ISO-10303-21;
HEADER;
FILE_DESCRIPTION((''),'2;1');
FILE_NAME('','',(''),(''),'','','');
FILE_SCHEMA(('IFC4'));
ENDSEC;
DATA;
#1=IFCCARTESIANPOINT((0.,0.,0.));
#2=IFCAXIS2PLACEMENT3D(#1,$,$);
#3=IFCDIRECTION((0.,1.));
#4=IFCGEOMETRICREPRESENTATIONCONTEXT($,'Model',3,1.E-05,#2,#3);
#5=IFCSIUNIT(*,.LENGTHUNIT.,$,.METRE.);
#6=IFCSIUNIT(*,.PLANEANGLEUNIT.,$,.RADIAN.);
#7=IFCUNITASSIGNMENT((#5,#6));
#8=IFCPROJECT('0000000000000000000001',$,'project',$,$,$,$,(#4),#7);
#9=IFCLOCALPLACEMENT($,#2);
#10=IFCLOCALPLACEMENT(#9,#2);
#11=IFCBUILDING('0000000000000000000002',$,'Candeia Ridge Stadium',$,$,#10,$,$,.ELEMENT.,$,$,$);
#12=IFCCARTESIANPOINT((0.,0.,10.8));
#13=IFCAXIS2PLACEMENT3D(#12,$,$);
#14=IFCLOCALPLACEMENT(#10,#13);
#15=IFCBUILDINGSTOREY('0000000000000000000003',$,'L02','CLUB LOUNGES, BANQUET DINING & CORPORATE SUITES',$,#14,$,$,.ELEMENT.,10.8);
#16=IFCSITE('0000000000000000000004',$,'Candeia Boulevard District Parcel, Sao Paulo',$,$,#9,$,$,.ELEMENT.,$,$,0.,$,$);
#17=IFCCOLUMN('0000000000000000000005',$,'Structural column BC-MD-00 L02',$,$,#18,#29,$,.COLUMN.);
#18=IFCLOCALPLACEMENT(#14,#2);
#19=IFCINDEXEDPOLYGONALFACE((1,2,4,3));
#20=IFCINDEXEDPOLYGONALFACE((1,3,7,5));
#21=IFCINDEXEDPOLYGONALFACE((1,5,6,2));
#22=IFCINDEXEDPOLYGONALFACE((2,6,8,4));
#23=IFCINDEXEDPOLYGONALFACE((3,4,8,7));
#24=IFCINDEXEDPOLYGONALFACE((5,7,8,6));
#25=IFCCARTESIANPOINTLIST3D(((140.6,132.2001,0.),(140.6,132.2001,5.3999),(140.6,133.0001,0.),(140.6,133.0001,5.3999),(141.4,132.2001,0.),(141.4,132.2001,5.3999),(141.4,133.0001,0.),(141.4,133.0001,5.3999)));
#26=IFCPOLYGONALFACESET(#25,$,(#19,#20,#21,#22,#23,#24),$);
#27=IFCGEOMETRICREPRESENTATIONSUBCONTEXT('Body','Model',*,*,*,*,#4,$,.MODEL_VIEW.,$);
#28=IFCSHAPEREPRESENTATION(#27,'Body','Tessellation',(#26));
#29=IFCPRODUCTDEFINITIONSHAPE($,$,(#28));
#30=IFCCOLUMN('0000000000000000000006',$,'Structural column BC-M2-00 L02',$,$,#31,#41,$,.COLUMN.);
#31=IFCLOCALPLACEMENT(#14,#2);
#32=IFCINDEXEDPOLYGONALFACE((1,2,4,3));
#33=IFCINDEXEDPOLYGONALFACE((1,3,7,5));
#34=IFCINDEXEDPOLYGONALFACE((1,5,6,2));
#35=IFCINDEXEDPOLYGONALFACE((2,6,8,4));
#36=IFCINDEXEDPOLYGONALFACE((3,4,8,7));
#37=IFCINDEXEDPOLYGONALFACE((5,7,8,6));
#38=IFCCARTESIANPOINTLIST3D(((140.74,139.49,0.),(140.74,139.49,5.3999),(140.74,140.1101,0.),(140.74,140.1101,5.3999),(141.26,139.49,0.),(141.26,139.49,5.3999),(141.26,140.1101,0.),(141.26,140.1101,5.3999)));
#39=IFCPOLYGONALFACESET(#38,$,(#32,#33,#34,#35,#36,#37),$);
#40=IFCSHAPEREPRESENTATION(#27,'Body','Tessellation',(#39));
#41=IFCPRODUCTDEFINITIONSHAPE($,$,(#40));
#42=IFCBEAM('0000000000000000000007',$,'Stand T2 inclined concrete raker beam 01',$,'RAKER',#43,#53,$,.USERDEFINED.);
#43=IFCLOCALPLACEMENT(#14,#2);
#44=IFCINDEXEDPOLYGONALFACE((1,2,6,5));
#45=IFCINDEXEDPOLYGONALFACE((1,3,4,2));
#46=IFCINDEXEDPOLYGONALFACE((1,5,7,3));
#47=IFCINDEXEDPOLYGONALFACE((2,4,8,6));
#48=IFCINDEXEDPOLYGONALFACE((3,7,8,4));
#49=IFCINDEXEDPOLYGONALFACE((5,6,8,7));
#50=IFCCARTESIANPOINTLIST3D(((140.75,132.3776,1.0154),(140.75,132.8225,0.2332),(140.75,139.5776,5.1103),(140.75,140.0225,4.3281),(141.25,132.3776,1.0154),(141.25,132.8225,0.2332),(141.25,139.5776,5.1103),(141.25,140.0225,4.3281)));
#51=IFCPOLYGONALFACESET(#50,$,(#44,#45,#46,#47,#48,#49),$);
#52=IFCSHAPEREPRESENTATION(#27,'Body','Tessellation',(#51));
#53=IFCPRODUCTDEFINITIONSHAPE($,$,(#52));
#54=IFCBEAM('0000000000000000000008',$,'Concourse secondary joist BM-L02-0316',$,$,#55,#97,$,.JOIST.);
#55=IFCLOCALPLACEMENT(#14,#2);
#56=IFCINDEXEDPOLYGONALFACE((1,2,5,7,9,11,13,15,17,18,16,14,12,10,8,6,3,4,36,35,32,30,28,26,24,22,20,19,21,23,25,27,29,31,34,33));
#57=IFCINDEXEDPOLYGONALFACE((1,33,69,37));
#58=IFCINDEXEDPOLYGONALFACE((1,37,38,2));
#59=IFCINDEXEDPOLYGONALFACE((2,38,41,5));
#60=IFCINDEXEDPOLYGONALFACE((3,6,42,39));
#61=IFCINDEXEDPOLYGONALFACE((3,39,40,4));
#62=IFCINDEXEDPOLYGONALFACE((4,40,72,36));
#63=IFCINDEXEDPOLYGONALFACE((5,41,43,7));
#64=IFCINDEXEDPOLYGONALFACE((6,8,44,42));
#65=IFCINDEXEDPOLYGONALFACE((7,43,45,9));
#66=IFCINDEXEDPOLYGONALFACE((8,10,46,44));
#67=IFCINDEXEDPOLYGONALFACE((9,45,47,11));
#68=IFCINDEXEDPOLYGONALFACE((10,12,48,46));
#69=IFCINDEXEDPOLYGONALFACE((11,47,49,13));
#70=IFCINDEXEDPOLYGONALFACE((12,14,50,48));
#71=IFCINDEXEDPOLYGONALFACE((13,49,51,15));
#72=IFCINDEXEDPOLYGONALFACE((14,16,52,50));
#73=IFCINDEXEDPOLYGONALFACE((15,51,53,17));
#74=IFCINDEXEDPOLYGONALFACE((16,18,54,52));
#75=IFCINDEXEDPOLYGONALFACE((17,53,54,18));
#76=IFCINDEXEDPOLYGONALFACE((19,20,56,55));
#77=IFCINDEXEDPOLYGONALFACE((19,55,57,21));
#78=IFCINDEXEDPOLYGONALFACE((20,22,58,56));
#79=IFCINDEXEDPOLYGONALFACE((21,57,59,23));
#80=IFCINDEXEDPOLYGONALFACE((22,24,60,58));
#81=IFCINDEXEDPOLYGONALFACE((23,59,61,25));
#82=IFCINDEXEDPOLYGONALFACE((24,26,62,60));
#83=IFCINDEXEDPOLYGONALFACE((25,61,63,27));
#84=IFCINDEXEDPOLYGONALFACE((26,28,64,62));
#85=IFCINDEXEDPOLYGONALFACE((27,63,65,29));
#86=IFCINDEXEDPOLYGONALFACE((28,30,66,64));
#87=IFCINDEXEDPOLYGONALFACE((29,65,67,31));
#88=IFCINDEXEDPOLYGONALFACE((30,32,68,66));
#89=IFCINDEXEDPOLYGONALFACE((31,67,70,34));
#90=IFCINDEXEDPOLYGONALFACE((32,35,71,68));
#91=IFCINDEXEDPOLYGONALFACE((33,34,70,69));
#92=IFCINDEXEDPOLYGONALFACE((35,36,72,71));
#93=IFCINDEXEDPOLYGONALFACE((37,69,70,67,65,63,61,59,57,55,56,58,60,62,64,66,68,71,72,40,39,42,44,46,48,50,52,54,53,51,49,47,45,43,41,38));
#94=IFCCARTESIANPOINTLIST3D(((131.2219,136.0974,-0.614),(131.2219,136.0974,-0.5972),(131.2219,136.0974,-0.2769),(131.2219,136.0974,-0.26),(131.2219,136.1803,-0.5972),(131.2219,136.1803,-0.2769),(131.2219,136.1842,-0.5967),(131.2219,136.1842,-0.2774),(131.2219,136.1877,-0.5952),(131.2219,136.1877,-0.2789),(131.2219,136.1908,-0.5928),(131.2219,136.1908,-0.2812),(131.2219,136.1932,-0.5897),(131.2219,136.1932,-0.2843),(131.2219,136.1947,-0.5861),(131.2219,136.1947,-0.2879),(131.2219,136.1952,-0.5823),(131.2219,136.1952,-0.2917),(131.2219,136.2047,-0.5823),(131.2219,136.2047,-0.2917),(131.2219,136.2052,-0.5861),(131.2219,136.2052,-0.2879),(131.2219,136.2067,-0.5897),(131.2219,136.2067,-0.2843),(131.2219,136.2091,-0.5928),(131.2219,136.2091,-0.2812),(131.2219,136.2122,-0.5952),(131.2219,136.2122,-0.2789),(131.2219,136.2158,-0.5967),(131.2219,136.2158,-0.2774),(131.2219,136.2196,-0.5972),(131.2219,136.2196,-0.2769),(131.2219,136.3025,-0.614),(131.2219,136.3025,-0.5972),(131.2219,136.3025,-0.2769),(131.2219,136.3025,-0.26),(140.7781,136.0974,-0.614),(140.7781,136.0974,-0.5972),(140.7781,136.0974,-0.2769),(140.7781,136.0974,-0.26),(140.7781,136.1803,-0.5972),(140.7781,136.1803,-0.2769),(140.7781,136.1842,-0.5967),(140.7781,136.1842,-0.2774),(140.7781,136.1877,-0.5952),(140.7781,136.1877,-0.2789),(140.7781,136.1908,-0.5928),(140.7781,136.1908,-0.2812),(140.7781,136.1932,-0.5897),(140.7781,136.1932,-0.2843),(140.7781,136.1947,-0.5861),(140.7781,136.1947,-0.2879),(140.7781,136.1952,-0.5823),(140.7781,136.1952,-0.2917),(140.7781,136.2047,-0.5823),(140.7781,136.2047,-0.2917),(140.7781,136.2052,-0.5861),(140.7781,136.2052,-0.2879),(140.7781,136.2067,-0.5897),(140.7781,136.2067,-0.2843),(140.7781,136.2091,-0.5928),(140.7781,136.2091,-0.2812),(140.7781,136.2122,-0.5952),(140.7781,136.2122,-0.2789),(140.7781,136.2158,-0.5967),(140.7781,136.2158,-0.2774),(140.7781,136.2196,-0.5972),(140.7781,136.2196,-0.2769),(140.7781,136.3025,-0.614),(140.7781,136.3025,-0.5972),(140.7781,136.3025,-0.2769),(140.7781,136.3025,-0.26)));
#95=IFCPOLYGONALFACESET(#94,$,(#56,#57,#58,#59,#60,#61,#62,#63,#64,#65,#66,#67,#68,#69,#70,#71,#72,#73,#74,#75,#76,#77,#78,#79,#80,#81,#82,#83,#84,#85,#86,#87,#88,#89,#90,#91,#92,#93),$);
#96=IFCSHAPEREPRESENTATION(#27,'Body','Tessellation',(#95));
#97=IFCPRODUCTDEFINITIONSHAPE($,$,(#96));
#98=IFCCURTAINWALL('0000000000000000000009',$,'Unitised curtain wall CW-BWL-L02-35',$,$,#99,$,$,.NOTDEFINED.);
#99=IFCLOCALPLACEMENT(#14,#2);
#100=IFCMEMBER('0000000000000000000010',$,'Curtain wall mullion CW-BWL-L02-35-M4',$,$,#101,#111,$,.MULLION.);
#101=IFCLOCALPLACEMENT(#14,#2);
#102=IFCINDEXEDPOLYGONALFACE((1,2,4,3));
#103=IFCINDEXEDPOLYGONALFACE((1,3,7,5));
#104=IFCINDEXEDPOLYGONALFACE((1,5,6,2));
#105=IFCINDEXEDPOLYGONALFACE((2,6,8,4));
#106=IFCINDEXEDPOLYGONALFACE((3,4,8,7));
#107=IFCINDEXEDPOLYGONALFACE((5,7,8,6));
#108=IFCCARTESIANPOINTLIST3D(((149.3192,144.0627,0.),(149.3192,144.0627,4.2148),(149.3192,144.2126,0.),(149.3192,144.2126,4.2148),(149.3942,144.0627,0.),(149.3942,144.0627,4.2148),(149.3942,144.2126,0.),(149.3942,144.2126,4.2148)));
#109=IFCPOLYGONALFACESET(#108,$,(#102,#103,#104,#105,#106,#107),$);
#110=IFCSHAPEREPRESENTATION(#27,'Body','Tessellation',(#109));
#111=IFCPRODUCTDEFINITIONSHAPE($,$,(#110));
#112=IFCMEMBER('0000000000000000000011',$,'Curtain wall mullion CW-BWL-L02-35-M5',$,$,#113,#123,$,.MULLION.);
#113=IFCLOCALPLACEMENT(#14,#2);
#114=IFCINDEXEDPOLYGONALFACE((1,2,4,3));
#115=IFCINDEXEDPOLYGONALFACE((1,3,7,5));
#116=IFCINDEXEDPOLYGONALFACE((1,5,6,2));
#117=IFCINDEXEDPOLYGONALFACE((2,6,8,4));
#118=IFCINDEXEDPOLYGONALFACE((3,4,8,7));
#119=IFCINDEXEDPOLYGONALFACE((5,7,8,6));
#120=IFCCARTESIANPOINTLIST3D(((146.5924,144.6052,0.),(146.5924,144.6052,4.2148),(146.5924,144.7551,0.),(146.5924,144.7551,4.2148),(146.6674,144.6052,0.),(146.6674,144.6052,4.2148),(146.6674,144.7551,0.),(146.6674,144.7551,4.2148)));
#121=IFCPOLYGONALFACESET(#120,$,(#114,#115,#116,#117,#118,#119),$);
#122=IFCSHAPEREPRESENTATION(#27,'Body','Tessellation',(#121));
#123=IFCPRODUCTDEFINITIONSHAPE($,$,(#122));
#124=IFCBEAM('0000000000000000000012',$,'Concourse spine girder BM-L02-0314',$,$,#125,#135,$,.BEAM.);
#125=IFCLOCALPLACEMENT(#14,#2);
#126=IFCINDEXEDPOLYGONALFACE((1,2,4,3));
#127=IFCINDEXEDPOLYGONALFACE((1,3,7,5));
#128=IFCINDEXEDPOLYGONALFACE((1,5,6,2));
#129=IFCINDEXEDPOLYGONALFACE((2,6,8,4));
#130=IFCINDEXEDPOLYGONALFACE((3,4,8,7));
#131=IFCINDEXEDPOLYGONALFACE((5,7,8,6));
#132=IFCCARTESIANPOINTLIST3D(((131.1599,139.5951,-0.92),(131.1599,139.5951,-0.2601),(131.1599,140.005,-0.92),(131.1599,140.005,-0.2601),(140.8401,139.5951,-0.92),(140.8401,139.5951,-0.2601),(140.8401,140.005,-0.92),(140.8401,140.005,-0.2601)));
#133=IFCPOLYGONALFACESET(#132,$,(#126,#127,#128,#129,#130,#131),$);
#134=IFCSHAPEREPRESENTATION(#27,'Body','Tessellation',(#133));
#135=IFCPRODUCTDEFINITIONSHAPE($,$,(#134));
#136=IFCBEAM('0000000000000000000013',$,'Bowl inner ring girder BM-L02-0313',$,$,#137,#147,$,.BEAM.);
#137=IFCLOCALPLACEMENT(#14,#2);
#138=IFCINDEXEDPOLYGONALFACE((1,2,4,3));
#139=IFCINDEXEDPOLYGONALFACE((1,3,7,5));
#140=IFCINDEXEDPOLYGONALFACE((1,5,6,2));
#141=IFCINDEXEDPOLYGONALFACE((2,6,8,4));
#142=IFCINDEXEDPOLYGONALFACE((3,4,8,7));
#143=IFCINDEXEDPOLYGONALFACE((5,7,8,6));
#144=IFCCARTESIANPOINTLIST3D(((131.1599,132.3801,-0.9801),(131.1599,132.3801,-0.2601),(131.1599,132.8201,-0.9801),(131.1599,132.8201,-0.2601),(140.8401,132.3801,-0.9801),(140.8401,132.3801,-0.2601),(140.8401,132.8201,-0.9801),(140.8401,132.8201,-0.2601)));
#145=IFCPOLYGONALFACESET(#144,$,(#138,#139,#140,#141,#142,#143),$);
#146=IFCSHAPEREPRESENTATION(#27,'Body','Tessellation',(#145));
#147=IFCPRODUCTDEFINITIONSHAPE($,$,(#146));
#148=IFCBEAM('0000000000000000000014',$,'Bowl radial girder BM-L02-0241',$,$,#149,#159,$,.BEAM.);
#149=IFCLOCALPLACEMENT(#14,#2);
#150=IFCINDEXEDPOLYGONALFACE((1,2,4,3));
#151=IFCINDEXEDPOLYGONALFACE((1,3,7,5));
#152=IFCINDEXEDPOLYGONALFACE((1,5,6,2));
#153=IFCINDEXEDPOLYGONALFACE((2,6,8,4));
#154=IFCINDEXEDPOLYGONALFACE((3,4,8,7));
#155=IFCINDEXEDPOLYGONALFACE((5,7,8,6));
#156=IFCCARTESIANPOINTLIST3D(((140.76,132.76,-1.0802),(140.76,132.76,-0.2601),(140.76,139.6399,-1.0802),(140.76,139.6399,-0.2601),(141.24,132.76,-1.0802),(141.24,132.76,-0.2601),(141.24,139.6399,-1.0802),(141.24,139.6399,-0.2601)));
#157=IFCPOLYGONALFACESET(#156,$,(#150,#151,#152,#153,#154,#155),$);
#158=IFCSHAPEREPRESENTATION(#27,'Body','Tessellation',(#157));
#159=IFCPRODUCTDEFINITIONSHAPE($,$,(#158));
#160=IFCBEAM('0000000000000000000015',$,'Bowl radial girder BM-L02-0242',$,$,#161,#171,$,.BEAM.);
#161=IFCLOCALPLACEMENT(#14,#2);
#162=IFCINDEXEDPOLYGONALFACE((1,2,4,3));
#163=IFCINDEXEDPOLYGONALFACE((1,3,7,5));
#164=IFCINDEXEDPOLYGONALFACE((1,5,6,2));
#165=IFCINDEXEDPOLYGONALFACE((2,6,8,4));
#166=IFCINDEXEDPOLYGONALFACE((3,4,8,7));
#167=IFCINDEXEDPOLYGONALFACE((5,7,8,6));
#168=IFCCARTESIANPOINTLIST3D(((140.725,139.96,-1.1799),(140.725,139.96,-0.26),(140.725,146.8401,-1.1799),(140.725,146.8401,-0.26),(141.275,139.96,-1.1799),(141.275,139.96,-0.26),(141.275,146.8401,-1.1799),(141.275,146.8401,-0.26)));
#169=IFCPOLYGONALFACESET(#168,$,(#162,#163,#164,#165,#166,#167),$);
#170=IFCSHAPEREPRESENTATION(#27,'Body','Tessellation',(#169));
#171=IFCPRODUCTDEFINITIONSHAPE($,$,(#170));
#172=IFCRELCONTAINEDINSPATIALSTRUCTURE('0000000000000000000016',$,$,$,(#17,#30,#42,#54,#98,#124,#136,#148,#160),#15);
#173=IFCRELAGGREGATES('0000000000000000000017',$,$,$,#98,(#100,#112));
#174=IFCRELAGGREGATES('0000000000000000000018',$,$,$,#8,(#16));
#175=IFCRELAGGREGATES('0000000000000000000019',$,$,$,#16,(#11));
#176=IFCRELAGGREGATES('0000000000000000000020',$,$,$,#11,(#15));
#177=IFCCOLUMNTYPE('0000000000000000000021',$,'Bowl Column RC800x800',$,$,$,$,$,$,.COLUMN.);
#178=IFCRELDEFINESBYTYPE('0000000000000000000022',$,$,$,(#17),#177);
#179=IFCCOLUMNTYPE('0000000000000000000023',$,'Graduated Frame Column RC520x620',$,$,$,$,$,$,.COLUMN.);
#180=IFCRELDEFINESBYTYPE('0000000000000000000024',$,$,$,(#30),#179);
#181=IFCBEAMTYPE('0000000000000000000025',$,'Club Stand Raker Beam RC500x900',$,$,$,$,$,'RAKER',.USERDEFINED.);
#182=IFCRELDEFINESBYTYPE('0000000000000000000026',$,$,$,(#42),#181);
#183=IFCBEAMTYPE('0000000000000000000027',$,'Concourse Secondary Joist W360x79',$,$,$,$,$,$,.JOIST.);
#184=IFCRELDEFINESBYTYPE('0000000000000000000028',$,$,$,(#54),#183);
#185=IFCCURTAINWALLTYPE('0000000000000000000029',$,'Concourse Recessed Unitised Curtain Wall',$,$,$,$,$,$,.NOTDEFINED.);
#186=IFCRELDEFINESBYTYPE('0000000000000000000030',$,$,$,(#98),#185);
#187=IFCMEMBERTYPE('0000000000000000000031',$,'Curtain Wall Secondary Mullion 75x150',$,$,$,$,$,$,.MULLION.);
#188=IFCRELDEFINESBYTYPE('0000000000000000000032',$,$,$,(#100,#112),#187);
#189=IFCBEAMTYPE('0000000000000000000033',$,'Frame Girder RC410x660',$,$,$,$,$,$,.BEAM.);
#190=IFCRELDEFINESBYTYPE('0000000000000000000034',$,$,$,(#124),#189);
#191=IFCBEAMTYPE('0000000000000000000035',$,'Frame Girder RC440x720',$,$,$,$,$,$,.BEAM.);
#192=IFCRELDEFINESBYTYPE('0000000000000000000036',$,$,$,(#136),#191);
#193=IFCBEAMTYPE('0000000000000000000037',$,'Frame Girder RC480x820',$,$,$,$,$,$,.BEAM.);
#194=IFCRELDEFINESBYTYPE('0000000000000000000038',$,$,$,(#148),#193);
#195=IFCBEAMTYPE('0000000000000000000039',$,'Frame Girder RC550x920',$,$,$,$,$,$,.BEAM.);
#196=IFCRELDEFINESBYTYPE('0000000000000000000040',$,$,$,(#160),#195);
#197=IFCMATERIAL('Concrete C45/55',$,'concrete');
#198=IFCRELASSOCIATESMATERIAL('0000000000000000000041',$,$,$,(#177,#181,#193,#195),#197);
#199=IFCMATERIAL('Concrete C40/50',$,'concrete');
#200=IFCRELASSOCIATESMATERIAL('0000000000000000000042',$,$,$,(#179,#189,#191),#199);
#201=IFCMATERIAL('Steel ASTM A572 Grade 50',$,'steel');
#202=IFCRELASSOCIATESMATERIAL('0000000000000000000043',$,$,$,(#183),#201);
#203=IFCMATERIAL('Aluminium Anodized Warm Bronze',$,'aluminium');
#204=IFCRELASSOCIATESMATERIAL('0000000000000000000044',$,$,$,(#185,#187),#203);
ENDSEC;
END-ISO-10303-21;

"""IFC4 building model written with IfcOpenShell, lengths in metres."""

from ifc_helpers import new_model, si_unit, direction, frame, origin, origin_2d, place, context, subcontext, project, spatial, rectangle, i_section, extrude, material, material_profile, profile_set, type_object, element, aggregate, save


model = new_model("IFC4")

# Units and contexts
model_context = context("Model", 3, precision=1e-05, world=origin(), true_north=direction((0.0, 1.0)))
body_context = subcontext(model_context, "Body", "Model", "MODEL_VIEW")
ifc_project = project(units=[si_unit("LENGTHUNIT", "METRE"), si_unit("PLANEANGLEUNIT", "RADIAN")], contexts=[model_context])

# Site, building, storey
site_placement = place(None, origin())
site = spatial("IfcSite", under=ifc_project, at=site_placement, Name="Candeia Boulevard District Parcel, Sao Paulo", CompositionType="ELEMENT", RefElevation=0.0)
building_placement = place(site_placement, origin())
building = spatial("IfcBuilding", under=site, at=building_placement, Name="Candeia Ridge Stadium", CompositionType="ELEMENT")
storey_placement = place(building_placement, frame((0.0, 0.0, 10.8)))
storey = spatial("IfcBuildingStorey", under=building, at=storey_placement, Name="L02", Description="CLUB LOUNGES, BANQUET DINING & CORPORATE SUITES", CompositionType="ELEMENT", Elevation=10.8)

# Columns
ifc_material_1 = material(Name="Concrete C45/55", Category="concrete")
ifc_material_profile_1 = material_profile(ifc_material_1, rectangle(XDim=0.8, YDim=0.8, at=origin_2d()), Name="RC800x800", Category="concrete")
ifc_profile_set_1 = profile_set([ifc_material_profile_1], Name="Concrete C45/55")
column_type_1 = type_object("IfcColumnType", Name="Bowl Column RC800x800", PredefinedType="COLUMN", material=ifc_profile_set_1)
column_1_placement = place(storey_placement, frame((141.0, 132.6001, 0.0), z_axis=(0.0, 0.0, 1.0), x_axis=(1.0, 0.0, 0.0)))
element("IfcColumn", 1, at=column_1_placement, inside=storey, type_object=column_type_1, Name="Structural column BC-MD-00 L02", PredefinedType="COLUMN", context=body_context, shape_type="SweptSolid", body=[
    extrude(rectangle(XDim=0.8, YDim=0.8, at=origin_2d()), origin(), (0.0, 0.0, 1.0), 5.3999),
])
ifc_material_2 = material(Name="Concrete C40/50", Category="concrete")
ifc_material_profile_2 = material_profile(ifc_material_2, rectangle(XDim=0.52, YDim=0.6201, at=origin_2d()), Name="RC520x620", Category="concrete")
ifc_profile_set_2 = profile_set([ifc_material_profile_2], Name="Concrete C40/50")
column_type_2 = type_object("IfcColumnType", Name="Graduated Frame Column RC520x620", PredefinedType="COLUMN", material=ifc_profile_set_2)
column_2_placement = place(storey_placement, frame((141.0, 139.8, 0.0), z_axis=(0.0, 0.0, 1.0), x_axis=(1.0, 0.0, 0.0)))
element("IfcColumn", 2, at=column_2_placement, inside=storey, type_object=column_type_2, Name="Structural column BC-M2-00 L02", PredefinedType="COLUMN", context=body_context, shape_type="SweptSolid", body=[
    extrude(rectangle(XDim=0.52, YDim=0.6201, at=origin_2d()), origin(), (0.0, 0.0, 1.0), 5.3999),
])

# Beams
ifc_material_profile_3 = material_profile(ifc_material_1, rectangle(XDim=0.5, YDim=0.8999, at=origin_2d()), Name="RC500x900", Category="concrete")
ifc_profile_set_3 = profile_set([ifc_material_profile_3], Name="Concrete C45/55")
beam_type_1 = type_object("IfcBeamType", Name="Club Stand Raker Beam RC500x900", ElementType="RAKER", PredefinedType="USERDEFINED", material=ifc_profile_set_3)
beam_1_placement = place(storey_placement, frame((141.0, 132.6001, 0.6243), z_axis=(0.0, 0.869244, 0.494383), x_axis=(-1.0, 0.0, 0.0)))
element("IfcBeam", 3, at=beam_1_placement, inside=storey, type_object=beam_type_1, Name="Stand T2 inclined concrete raker beam 01", ObjectType="RAKER", PredefinedType="USERDEFINED", context=body_context, shape_type="SweptSolid", body=[
    extrude(rectangle(XDim=0.5, YDim=0.8999, at=origin_2d()), origin(), (0.0, 0.0, 1.0), 8.283),
])
ifc_material_3 = material(Name="Steel ASTM A572 Grade 50", Category="steel")
ifc_material_profile_4 = material_profile(ifc_material_3, i_section(OverallWidth=0.2051, OverallDepth=0.354, WebThickness=0.0095, FlangeThickness=0.0168, FilletRadius=0.0149, at=origin_2d()), Name="W360x79", Category="steel")
ifc_profile_set_4 = profile_set([ifc_material_profile_4], Name="Steel ASTM A572 Grade 50")
beam_type_2 = type_object("IfcBeamType", Name="Concourse Secondary Joist W360x79", PredefinedType="JOIST", material=ifc_profile_set_4)
beam_2_placement = place(storey_placement, frame((140.7781, 136.2, -0.437), z_axis=(-1.0, 0.0, 0.0), x_axis=(0.0, -1.0, 0.0)))
element("IfcBeam", 4, at=beam_2_placement, inside=storey, type_object=beam_type_2, Name="Concourse secondary joist BM-L02-0316", PredefinedType="JOIST", context=body_context, shape_type="SweptSolid", body=[
    extrude(i_section(OverallWidth=0.2051, OverallDepth=0.354, WebThickness=0.0095, FlangeThickness=0.0168, FilletRadius=0.0149, at=origin_2d()), origin(), (0.0, 0.0, 1.0), 9.5562),
])

# Curtain wall, members
ifc_material_4 = material(Name="Aluminium Anodized Warm Bronze", Category="aluminium")
curtain_wall_type = type_object("IfcCurtainWallType", Name="Concourse Recessed Unitised Curtain Wall", PredefinedType="NOTDEFINED", material=ifc_material_4)
curtain_wall_placement = place(storey_placement, origin())
curtain_wall = element("IfcCurtainWall", 5, at=curtain_wall_placement, inside=storey, type_object=curtain_wall_type, Name="Unitised curtain wall CW-BWL-L02-35", PredefinedType="NOTDEFINED")
ifc_material_profile_5 = material_profile(ifc_material_4, rectangle(XDim=0.075, YDim=0.1499, at=origin_2d()), Name="CWM-75x150", Category="aluminium")
ifc_profile_set_5 = profile_set([ifc_material_profile_5], Name="Aluminium Anodized Warm Bronze")
member_type = type_object("IfcMemberType", Name="Curtain Wall Secondary Mullion 75x150", PredefinedType="MULLION", material=ifc_profile_set_5)
member_1_placement = place(storey_placement, frame((149.3567, 144.1377, 0.0), z_axis=(0.0, 0.0, 1.0), x_axis=(1.0, 0.0, 0.0)))
member_1 = element("IfcMember", 6, at=member_1_placement, type_object=member_type, Name="Curtain wall mullion CW-BWL-L02-35-M4", PredefinedType="MULLION", context=body_context, shape_type="SweptSolid", body=[
    extrude(rectangle(XDim=0.075, YDim=0.1499, at=origin_2d()), origin(), (0.0, 0.0, 1.0), 4.2148),
])
member_2_placement = place(storey_placement, frame((146.6299, 144.6802, 0.0), z_axis=(0.0, 0.0, 1.0), x_axis=(1.0, 0.0, 0.0)))
member_2 = element("IfcMember", 7, at=member_2_placement, type_object=member_type, Name="Curtain wall mullion CW-BWL-L02-35-M5", PredefinedType="MULLION", context=body_context, shape_type="SweptSolid", body=[
    extrude(rectangle(XDim=0.075, YDim=0.1499, at=origin_2d()), origin(), (0.0, 0.0, 1.0), 4.2148),
])

# Beams
ifc_material_profile_6 = material_profile(ifc_material_2, rectangle(XDim=0.4099, YDim=0.6599, at=origin_2d()), Name="RC410x660", Category="concrete")
ifc_profile_set_6 = profile_set([ifc_material_profile_6], Name="Concrete C40/50")
beam_type_3 = type_object("IfcBeamType", Name="Frame Girder RC410x660", PredefinedType="BEAM", material=ifc_profile_set_6)
beam_3_placement = place(storey_placement, frame((140.8401, 139.8, -0.5901), z_axis=(-1.0, 0.0, 0.0), x_axis=(0.0, -1.0, 0.0)))
element("IfcBeam", 8, at=beam_3_placement, inside=storey, type_object=beam_type_3, Name="Concourse spine girder BM-L02-0314", PredefinedType="BEAM", context=body_context, shape_type="SweptSolid", body=[
    extrude(rectangle(XDim=0.4099, YDim=0.6599, at=origin_2d()), origin(), (0.0, 0.0, 1.0), 9.6802),
])
ifc_material_profile_7 = material_profile(ifc_material_2, rectangle(XDim=0.4399, YDim=0.72, at=origin_2d()), Name="RC440x720", Category="concrete")
ifc_profile_set_7 = profile_set([ifc_material_profile_7], Name="Concrete C40/50")
beam_type_4 = type_object("IfcBeamType", Name="Frame Girder RC440x720", PredefinedType="BEAM", material=ifc_profile_set_7)
beam_4_placement = place(storey_placement, frame((140.8401, 132.6001, -0.6201), z_axis=(-1.0, 0.0, 0.0), x_axis=(0.0, -1.0, 0.0)))
element("IfcBeam", 9, at=beam_4_placement, inside=storey, type_object=beam_type_4, Name="Bowl inner ring girder BM-L02-0313", PredefinedType="BEAM", context=body_context, shape_type="SweptSolid", body=[
    extrude(rectangle(XDim=0.4399, YDim=0.72, at=origin_2d()), origin(), (0.0, 0.0, 1.0), 9.6802),
])
ifc_material_profile_8 = material_profile(ifc_material_1, rectangle(XDim=0.48, YDim=0.8201, at=origin_2d()), Name="RC480x820", Category="concrete")
ifc_profile_set_8 = profile_set([ifc_material_profile_8], Name="Concrete C45/55")
beam_type_5 = type_object("IfcBeamType", Name="Frame Girder RC480x820", PredefinedType="BEAM", material=ifc_profile_set_8)
beam_5_placement = place(storey_placement, frame((141.0, 132.76, -0.6702), z_axis=(0.0, 1.0, 0.0), x_axis=(-1.0, 0.0, 0.0)))
element("IfcBeam", 10, at=beam_5_placement, inside=storey, type_object=beam_type_5, Name="Bowl radial girder BM-L02-0241", PredefinedType="BEAM", context=body_context, shape_type="SweptSolid", body=[
    extrude(rectangle(XDim=0.48, YDim=0.8201, at=origin_2d()), origin(), (0.0, 0.0, 1.0), 6.8799),
])
ifc_material_profile_9 = material_profile(ifc_material_1, rectangle(XDim=0.55, YDim=0.9199, at=origin_2d()), Name="RC550x920", Category="concrete")
ifc_profile_set_9 = profile_set([ifc_material_profile_9], Name="Concrete C45/55")
beam_type_6 = type_object("IfcBeamType", Name="Frame Girder RC550x920", PredefinedType="BEAM", material=ifc_profile_set_9)
beam_6_placement = place(storey_placement, frame((141.0, 139.96, -0.72), z_axis=(0.0, 1.0, 0.0), x_axis=(-1.0, 0.0, 0.0)))
element("IfcBeam", 11, at=beam_6_placement, inside=storey, type_object=beam_type_6, Name="Bowl radial girder BM-L02-0242", PredefinedType="BEAM", context=body_context, shape_type="SweptSolid", body=[
    extrude(rectangle(XDim=0.55, YDim=0.9199, at=origin_2d()), origin(), (0.0, 0.0, 1.0), 6.8801),
])

aggregate(curtain_wall, [member_1, member_2])

save(model, "model.ifc")
